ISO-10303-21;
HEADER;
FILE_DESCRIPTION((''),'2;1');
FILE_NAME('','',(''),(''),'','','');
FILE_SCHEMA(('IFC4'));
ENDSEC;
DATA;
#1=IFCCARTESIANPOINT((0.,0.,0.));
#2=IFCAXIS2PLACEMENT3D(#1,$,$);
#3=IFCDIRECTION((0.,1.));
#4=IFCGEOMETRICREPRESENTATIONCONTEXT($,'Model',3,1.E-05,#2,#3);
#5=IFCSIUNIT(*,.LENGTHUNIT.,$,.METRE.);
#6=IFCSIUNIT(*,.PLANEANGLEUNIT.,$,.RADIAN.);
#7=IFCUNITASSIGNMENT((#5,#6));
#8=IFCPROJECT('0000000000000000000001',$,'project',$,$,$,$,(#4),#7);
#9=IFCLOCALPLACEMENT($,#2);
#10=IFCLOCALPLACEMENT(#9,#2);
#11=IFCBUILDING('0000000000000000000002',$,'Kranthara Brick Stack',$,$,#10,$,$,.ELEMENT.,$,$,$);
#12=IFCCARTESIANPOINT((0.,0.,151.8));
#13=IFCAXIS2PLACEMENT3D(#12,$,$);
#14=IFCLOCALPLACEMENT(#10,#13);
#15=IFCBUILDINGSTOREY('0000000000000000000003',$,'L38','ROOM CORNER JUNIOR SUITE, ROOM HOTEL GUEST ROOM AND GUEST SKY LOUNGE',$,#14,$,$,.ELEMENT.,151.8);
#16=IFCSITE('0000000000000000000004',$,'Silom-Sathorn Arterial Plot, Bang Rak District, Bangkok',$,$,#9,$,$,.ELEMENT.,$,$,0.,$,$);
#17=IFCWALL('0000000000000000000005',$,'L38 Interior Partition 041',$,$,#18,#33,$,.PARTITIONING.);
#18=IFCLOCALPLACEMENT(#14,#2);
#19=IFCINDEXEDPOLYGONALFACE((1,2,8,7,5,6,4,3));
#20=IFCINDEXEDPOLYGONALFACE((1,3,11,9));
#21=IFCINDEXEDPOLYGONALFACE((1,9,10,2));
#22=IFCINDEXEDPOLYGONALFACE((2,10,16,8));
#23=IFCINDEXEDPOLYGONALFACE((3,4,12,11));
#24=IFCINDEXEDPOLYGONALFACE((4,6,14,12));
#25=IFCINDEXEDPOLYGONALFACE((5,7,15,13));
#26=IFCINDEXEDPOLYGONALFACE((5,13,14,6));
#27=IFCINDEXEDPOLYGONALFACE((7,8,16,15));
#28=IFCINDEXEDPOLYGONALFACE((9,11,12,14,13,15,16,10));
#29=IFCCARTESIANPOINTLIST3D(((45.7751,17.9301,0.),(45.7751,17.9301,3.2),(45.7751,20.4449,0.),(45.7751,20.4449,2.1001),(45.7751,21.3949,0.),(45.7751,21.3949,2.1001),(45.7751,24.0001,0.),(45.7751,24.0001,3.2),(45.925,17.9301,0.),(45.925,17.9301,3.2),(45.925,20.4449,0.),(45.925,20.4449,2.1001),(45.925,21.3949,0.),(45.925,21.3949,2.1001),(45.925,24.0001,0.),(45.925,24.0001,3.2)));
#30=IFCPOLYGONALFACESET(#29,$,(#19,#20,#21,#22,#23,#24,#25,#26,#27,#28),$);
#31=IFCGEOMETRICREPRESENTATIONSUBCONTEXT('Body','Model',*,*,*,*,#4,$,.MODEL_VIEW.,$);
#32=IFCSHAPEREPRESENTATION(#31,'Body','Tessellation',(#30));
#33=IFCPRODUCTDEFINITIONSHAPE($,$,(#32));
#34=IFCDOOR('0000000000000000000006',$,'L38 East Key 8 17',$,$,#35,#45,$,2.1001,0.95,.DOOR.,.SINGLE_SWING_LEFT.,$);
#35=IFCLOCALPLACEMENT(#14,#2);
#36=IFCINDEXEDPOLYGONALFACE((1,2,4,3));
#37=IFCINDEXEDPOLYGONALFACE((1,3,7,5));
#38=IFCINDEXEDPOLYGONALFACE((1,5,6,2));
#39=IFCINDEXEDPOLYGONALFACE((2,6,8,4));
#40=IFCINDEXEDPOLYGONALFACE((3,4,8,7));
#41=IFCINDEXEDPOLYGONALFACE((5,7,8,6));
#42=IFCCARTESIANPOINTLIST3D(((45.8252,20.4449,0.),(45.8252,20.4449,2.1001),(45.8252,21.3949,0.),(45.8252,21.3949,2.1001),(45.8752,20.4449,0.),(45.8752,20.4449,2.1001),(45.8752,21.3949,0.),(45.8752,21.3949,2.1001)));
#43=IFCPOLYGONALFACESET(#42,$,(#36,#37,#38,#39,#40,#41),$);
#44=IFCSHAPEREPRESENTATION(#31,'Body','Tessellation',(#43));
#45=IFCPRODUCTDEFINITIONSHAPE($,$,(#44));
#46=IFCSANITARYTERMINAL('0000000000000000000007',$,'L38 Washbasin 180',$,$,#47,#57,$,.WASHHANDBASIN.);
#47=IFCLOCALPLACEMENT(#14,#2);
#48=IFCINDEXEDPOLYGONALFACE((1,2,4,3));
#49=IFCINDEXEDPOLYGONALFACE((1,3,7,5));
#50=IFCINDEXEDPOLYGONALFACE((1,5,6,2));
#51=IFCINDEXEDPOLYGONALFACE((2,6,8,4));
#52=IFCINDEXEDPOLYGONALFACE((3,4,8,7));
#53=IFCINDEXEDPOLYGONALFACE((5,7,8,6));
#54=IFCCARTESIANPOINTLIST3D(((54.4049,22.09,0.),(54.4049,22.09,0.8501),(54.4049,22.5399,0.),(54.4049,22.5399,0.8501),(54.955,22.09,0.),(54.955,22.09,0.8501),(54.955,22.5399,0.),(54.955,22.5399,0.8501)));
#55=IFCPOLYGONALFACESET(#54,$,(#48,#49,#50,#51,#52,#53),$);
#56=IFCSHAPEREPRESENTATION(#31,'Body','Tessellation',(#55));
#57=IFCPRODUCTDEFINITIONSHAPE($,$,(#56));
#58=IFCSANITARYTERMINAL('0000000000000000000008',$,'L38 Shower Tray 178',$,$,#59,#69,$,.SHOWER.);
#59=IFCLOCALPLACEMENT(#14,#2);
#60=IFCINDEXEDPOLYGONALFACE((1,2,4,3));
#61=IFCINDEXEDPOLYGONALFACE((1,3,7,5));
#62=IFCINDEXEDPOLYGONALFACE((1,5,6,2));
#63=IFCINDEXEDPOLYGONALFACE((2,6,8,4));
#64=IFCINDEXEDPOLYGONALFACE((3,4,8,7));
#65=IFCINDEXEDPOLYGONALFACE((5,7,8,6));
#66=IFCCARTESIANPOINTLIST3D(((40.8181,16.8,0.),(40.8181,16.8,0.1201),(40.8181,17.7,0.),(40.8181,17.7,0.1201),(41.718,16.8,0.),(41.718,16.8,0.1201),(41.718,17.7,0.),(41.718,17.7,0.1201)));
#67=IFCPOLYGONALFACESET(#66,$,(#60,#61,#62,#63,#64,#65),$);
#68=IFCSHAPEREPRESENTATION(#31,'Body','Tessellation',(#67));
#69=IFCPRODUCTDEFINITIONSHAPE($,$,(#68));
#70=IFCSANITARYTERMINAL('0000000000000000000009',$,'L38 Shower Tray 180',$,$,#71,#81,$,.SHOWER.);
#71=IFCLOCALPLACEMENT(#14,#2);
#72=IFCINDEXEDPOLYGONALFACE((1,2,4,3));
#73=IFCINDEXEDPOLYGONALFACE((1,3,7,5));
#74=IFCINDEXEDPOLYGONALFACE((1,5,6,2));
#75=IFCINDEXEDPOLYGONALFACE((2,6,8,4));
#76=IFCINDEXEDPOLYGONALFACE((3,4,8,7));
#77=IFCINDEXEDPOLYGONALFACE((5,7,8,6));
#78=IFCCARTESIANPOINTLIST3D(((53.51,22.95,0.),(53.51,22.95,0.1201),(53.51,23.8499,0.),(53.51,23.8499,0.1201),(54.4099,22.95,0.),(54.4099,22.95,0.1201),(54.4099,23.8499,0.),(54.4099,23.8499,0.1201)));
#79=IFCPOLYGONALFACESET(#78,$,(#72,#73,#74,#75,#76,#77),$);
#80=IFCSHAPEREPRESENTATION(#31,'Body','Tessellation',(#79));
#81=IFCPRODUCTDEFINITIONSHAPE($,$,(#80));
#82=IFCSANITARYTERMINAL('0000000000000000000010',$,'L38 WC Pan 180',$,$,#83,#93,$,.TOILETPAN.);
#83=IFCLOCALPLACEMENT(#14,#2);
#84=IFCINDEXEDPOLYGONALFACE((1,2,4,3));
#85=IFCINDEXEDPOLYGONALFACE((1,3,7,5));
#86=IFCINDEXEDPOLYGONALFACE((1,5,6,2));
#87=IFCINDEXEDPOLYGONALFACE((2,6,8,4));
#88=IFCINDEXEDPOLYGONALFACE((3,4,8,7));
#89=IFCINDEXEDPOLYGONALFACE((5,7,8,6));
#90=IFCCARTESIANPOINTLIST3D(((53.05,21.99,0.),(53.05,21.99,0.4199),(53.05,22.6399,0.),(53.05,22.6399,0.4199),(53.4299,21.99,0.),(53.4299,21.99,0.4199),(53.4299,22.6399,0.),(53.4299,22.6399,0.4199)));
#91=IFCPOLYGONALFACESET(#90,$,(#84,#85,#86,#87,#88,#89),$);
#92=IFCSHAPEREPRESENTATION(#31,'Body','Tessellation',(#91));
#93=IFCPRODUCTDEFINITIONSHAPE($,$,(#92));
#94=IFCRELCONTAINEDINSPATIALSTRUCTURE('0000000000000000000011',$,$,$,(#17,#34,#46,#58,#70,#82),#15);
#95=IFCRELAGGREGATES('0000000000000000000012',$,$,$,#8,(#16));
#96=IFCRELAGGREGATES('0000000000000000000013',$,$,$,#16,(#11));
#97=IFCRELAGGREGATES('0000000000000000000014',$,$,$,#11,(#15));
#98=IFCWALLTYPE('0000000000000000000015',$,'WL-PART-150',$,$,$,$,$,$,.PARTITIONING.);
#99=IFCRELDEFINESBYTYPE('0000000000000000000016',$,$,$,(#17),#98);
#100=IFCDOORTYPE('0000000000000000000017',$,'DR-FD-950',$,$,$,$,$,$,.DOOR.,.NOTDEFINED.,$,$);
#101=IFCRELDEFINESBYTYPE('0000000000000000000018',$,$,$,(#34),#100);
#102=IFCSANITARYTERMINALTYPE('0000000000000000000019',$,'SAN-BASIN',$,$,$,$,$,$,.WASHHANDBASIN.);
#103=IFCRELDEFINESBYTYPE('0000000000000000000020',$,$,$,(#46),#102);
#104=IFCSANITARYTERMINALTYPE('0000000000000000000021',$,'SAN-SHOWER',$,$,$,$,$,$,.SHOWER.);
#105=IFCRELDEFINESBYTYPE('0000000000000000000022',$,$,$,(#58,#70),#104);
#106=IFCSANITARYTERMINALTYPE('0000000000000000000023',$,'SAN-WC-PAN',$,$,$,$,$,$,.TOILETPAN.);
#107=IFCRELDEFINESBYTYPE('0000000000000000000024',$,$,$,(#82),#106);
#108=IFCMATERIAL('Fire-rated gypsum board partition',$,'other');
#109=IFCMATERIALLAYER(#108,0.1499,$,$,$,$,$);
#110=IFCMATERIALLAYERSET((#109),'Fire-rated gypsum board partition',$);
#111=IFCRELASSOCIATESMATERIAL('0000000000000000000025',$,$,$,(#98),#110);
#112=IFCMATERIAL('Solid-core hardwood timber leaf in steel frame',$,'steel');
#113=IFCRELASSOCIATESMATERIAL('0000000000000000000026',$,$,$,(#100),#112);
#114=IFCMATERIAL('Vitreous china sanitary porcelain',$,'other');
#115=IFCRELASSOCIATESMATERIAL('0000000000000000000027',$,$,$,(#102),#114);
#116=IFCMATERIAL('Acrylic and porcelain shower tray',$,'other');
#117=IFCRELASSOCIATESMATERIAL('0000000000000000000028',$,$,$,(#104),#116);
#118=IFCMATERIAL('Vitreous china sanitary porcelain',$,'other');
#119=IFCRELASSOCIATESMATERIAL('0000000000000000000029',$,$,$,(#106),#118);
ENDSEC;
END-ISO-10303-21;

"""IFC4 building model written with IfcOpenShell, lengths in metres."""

from ifc_helpers import new_model, si_unit, direction, frame, frame_2d, origin, origin_2d, place, context, subcontext, project, spatial, rectangle, extrude, material, layer, layer_set, type_object, element, fill, save


model = new_model("IFC4")

# Units and contexts
model_context = context("Model", 3, precision=1e-05, world=origin(), true_north=direction((0.0, 1.0)))
body_context = subcontext(model_context, "Body", "Model", "MODEL_VIEW")
ifc_project = project(units=[si_unit("LENGTHUNIT", "METRE"), si_unit("PLANEANGLEUNIT", "RADIAN")], contexts=[model_context])

# Site, building, storey
site_placement = place(None, origin())
site = spatial("IfcSite", under=ifc_project, at=site_placement, Name="Silom-Sathorn Arterial Plot, Bang Rak District, Bangkok", CompositionType="ELEMENT", RefElevation=0.0)
building_placement = place(site_placement, origin())
building = spatial("IfcBuilding", under=site, at=building_placement, Name="Kranthara Brick Stack", CompositionType="ELEMENT")
storey_placement = place(building_placement, frame((0.0, 0.0, 151.8)))
storey = spatial("IfcBuildingStorey", under=building, at=storey_placement, Name="L38", Description="ROOM CORNER JUNIOR SUITE, ROOM HOTEL GUEST ROOM AND GUEST SKY LOUNGE", CompositionType="ELEMENT", Elevation=151.8)

# Shared definitions
ifc_material_1 = material(Name="Fire-rated gypsum board partition", Category="other")
ifc_layer_1 = layer(ifc_material_1, 0.1499)
ifc_layer_set_1 = layer_set([ifc_layer_1], Name="Fire-rated gypsum board partition")
wall_type_1 = type_object("IfcWallType", Name="WL-PART-150", PredefinedType="PARTITIONING", material=ifc_layer_set_1)

# Shared definitions
ifc_material_2 = material(Name="Solid-core hardwood timber leaf in steel frame", Category="steel")
door_type_1 = type_object("IfcDoorType", Name="DR-FD-950", OperationType="NOTDEFINED", PredefinedType="DOOR", material=ifc_material_2)

# Wall, opening, door
wall_1_placement = place(storey_placement, frame((45.8501, 17.9299, 0.0), z_axis=(0.0, 0.0, 1.0), x_axis=(0.0, 1.0, 0.0)))
wall_1 = element("IfcWall", 1, at=wall_1_placement, inside=storey, type_object=wall_type_1, Name="L38 Interior Partition 041", PredefinedType="PARTITIONING", context=body_context, shape_type="SweptSolid", body=[
    extrude(rectangle(XDim=6.0701, YDim=0.1499, at=frame_2d((3.0352, 0.0))), origin(), (0.0, 0.0, 1.0), 3.2),
])
opening_1_placement = place(wall_1_placement, frame((2.5149, 0.0, 0.0)))
opening_1 = element("IfcOpeningElement", 2, at=opening_1_placement, cuts=wall_1, PredefinedType="OPENING", context=body_context, shape_type="SweptSolid", body=[
    extrude(rectangle(XDim=0.95, YDim=2.1001, at=frame_2d((0.4751, 1.05))), frame((0.0, 0.085, 0.0), z_axis=(0.0, -1.0, 0.0), x_axis=(1.0, 0.0, 0.0)), (0.0, 0.0, 1.0), 0.1699),
])
door_1_placement = place(opening_1_placement, origin())
door_1 = element("IfcDoor", 3, at=door_1_placement, inside=storey, type_object=door_type_1, Name="L38 East Key 8 17", OperationType="SINGLE_SWING_LEFT", OverallHeight=2.1001, OverallWidth=0.95, PredefinedType="DOOR", context=body_context, shape_type="SweptSolid", body=[
    extrude(rectangle(XDim=0.95, YDim=2.1001, at=frame_2d((0.4751, 1.05))), frame((0.0, 0.0249, 0.0), z_axis=(0.0, -1.0, 0.0), x_axis=(1.0, 0.0, 0.0)), (0.0, 0.0, 1.0), 0.05),
])
fill(opening_1, door_1)

# Sanitary terminals
ifc_material_3 = material(Name="Vitreous china sanitary porcelain", Category="other")
sanitary_terminal_type_1 = type_object("IfcSanitaryTerminalType", Name="SAN-BASIN", PredefinedType="WASHHANDBASIN", material=ifc_material_3)
sanitary_terminal_1_placement = place(storey_placement, frame((54.6799, 22.3149, 0.0), z_axis=(0.0, 0.0, 1.0), x_axis=(1.0, 0.0, 0.0)))
element("IfcSanitaryTerminal", 4, at=sanitary_terminal_1_placement, inside=storey, type_object=sanitary_terminal_type_1, Name="L38 Washbasin 180", PredefinedType="WASHHANDBASIN", context=body_context, shape_type="SweptSolid", body=[
    extrude(rectangle(XDim=0.55, YDim=0.45, at=origin_2d()), origin(), (0.0, 0.0, 1.0), 0.8501),
])
ifc_material_4 = material(Name="Acrylic and porcelain shower tray", Category="other")
sanitary_terminal_type_2 = type_object("IfcSanitaryTerminalType", Name="SAN-SHOWER", PredefinedType="SHOWER", material=ifc_material_4)
for number, where, z_axis, x_axis, name in (
    (5, (41.2681, 17.25, 0.0), (0.0, 0.0, 1.0), (1.0, 0.0, 0.0), "L38 Shower Tray 178"),
    (6, (53.96, 23.3999, 0.0), (0.0, 0.0, 1.0), (1.0, 0.0, 0.0), "L38 Shower Tray 180"),
):
    element("IfcSanitaryTerminal", number, at=place(storey_placement, frame(where, z_axis=z_axis, x_axis=x_axis)), inside=storey, type_object=sanitary_terminal_type_2, Name=name, PredefinedType="SHOWER", context=body_context, shape_type="SweptSolid", body=[
        extrude(rectangle(XDim=0.8999, YDim=0.8999, at=origin_2d()), origin(), (0.0, 0.0, 1.0), 0.1201),
    ])
ifc_material_5 = material(Name="Vitreous china sanitary porcelain", Category="other")
sanitary_terminal_type_3 = type_object("IfcSanitaryTerminalType", Name="SAN-WC-PAN", PredefinedType="TOILETPAN", material=ifc_material_5)
sanitary_terminal_2_placement = place(storey_placement, frame((53.24, 22.3149, 0.0), z_axis=(0.0, 0.0, 1.0), x_axis=(1.0, 0.0, 0.0)))
element("IfcSanitaryTerminal", 7, at=sanitary_terminal_2_placement, inside=storey, type_object=sanitary_terminal_type_3, Name="L38 WC Pan 180", PredefinedType="TOILETPAN", context=body_context, shape_type="SweptSolid", body=[
    extrude(rectangle(XDim=0.3799, YDim=0.6499, at=origin_2d()), origin(), (0.0, 0.0, 1.0), 0.4199),
])

save(model, "model.ifc")
